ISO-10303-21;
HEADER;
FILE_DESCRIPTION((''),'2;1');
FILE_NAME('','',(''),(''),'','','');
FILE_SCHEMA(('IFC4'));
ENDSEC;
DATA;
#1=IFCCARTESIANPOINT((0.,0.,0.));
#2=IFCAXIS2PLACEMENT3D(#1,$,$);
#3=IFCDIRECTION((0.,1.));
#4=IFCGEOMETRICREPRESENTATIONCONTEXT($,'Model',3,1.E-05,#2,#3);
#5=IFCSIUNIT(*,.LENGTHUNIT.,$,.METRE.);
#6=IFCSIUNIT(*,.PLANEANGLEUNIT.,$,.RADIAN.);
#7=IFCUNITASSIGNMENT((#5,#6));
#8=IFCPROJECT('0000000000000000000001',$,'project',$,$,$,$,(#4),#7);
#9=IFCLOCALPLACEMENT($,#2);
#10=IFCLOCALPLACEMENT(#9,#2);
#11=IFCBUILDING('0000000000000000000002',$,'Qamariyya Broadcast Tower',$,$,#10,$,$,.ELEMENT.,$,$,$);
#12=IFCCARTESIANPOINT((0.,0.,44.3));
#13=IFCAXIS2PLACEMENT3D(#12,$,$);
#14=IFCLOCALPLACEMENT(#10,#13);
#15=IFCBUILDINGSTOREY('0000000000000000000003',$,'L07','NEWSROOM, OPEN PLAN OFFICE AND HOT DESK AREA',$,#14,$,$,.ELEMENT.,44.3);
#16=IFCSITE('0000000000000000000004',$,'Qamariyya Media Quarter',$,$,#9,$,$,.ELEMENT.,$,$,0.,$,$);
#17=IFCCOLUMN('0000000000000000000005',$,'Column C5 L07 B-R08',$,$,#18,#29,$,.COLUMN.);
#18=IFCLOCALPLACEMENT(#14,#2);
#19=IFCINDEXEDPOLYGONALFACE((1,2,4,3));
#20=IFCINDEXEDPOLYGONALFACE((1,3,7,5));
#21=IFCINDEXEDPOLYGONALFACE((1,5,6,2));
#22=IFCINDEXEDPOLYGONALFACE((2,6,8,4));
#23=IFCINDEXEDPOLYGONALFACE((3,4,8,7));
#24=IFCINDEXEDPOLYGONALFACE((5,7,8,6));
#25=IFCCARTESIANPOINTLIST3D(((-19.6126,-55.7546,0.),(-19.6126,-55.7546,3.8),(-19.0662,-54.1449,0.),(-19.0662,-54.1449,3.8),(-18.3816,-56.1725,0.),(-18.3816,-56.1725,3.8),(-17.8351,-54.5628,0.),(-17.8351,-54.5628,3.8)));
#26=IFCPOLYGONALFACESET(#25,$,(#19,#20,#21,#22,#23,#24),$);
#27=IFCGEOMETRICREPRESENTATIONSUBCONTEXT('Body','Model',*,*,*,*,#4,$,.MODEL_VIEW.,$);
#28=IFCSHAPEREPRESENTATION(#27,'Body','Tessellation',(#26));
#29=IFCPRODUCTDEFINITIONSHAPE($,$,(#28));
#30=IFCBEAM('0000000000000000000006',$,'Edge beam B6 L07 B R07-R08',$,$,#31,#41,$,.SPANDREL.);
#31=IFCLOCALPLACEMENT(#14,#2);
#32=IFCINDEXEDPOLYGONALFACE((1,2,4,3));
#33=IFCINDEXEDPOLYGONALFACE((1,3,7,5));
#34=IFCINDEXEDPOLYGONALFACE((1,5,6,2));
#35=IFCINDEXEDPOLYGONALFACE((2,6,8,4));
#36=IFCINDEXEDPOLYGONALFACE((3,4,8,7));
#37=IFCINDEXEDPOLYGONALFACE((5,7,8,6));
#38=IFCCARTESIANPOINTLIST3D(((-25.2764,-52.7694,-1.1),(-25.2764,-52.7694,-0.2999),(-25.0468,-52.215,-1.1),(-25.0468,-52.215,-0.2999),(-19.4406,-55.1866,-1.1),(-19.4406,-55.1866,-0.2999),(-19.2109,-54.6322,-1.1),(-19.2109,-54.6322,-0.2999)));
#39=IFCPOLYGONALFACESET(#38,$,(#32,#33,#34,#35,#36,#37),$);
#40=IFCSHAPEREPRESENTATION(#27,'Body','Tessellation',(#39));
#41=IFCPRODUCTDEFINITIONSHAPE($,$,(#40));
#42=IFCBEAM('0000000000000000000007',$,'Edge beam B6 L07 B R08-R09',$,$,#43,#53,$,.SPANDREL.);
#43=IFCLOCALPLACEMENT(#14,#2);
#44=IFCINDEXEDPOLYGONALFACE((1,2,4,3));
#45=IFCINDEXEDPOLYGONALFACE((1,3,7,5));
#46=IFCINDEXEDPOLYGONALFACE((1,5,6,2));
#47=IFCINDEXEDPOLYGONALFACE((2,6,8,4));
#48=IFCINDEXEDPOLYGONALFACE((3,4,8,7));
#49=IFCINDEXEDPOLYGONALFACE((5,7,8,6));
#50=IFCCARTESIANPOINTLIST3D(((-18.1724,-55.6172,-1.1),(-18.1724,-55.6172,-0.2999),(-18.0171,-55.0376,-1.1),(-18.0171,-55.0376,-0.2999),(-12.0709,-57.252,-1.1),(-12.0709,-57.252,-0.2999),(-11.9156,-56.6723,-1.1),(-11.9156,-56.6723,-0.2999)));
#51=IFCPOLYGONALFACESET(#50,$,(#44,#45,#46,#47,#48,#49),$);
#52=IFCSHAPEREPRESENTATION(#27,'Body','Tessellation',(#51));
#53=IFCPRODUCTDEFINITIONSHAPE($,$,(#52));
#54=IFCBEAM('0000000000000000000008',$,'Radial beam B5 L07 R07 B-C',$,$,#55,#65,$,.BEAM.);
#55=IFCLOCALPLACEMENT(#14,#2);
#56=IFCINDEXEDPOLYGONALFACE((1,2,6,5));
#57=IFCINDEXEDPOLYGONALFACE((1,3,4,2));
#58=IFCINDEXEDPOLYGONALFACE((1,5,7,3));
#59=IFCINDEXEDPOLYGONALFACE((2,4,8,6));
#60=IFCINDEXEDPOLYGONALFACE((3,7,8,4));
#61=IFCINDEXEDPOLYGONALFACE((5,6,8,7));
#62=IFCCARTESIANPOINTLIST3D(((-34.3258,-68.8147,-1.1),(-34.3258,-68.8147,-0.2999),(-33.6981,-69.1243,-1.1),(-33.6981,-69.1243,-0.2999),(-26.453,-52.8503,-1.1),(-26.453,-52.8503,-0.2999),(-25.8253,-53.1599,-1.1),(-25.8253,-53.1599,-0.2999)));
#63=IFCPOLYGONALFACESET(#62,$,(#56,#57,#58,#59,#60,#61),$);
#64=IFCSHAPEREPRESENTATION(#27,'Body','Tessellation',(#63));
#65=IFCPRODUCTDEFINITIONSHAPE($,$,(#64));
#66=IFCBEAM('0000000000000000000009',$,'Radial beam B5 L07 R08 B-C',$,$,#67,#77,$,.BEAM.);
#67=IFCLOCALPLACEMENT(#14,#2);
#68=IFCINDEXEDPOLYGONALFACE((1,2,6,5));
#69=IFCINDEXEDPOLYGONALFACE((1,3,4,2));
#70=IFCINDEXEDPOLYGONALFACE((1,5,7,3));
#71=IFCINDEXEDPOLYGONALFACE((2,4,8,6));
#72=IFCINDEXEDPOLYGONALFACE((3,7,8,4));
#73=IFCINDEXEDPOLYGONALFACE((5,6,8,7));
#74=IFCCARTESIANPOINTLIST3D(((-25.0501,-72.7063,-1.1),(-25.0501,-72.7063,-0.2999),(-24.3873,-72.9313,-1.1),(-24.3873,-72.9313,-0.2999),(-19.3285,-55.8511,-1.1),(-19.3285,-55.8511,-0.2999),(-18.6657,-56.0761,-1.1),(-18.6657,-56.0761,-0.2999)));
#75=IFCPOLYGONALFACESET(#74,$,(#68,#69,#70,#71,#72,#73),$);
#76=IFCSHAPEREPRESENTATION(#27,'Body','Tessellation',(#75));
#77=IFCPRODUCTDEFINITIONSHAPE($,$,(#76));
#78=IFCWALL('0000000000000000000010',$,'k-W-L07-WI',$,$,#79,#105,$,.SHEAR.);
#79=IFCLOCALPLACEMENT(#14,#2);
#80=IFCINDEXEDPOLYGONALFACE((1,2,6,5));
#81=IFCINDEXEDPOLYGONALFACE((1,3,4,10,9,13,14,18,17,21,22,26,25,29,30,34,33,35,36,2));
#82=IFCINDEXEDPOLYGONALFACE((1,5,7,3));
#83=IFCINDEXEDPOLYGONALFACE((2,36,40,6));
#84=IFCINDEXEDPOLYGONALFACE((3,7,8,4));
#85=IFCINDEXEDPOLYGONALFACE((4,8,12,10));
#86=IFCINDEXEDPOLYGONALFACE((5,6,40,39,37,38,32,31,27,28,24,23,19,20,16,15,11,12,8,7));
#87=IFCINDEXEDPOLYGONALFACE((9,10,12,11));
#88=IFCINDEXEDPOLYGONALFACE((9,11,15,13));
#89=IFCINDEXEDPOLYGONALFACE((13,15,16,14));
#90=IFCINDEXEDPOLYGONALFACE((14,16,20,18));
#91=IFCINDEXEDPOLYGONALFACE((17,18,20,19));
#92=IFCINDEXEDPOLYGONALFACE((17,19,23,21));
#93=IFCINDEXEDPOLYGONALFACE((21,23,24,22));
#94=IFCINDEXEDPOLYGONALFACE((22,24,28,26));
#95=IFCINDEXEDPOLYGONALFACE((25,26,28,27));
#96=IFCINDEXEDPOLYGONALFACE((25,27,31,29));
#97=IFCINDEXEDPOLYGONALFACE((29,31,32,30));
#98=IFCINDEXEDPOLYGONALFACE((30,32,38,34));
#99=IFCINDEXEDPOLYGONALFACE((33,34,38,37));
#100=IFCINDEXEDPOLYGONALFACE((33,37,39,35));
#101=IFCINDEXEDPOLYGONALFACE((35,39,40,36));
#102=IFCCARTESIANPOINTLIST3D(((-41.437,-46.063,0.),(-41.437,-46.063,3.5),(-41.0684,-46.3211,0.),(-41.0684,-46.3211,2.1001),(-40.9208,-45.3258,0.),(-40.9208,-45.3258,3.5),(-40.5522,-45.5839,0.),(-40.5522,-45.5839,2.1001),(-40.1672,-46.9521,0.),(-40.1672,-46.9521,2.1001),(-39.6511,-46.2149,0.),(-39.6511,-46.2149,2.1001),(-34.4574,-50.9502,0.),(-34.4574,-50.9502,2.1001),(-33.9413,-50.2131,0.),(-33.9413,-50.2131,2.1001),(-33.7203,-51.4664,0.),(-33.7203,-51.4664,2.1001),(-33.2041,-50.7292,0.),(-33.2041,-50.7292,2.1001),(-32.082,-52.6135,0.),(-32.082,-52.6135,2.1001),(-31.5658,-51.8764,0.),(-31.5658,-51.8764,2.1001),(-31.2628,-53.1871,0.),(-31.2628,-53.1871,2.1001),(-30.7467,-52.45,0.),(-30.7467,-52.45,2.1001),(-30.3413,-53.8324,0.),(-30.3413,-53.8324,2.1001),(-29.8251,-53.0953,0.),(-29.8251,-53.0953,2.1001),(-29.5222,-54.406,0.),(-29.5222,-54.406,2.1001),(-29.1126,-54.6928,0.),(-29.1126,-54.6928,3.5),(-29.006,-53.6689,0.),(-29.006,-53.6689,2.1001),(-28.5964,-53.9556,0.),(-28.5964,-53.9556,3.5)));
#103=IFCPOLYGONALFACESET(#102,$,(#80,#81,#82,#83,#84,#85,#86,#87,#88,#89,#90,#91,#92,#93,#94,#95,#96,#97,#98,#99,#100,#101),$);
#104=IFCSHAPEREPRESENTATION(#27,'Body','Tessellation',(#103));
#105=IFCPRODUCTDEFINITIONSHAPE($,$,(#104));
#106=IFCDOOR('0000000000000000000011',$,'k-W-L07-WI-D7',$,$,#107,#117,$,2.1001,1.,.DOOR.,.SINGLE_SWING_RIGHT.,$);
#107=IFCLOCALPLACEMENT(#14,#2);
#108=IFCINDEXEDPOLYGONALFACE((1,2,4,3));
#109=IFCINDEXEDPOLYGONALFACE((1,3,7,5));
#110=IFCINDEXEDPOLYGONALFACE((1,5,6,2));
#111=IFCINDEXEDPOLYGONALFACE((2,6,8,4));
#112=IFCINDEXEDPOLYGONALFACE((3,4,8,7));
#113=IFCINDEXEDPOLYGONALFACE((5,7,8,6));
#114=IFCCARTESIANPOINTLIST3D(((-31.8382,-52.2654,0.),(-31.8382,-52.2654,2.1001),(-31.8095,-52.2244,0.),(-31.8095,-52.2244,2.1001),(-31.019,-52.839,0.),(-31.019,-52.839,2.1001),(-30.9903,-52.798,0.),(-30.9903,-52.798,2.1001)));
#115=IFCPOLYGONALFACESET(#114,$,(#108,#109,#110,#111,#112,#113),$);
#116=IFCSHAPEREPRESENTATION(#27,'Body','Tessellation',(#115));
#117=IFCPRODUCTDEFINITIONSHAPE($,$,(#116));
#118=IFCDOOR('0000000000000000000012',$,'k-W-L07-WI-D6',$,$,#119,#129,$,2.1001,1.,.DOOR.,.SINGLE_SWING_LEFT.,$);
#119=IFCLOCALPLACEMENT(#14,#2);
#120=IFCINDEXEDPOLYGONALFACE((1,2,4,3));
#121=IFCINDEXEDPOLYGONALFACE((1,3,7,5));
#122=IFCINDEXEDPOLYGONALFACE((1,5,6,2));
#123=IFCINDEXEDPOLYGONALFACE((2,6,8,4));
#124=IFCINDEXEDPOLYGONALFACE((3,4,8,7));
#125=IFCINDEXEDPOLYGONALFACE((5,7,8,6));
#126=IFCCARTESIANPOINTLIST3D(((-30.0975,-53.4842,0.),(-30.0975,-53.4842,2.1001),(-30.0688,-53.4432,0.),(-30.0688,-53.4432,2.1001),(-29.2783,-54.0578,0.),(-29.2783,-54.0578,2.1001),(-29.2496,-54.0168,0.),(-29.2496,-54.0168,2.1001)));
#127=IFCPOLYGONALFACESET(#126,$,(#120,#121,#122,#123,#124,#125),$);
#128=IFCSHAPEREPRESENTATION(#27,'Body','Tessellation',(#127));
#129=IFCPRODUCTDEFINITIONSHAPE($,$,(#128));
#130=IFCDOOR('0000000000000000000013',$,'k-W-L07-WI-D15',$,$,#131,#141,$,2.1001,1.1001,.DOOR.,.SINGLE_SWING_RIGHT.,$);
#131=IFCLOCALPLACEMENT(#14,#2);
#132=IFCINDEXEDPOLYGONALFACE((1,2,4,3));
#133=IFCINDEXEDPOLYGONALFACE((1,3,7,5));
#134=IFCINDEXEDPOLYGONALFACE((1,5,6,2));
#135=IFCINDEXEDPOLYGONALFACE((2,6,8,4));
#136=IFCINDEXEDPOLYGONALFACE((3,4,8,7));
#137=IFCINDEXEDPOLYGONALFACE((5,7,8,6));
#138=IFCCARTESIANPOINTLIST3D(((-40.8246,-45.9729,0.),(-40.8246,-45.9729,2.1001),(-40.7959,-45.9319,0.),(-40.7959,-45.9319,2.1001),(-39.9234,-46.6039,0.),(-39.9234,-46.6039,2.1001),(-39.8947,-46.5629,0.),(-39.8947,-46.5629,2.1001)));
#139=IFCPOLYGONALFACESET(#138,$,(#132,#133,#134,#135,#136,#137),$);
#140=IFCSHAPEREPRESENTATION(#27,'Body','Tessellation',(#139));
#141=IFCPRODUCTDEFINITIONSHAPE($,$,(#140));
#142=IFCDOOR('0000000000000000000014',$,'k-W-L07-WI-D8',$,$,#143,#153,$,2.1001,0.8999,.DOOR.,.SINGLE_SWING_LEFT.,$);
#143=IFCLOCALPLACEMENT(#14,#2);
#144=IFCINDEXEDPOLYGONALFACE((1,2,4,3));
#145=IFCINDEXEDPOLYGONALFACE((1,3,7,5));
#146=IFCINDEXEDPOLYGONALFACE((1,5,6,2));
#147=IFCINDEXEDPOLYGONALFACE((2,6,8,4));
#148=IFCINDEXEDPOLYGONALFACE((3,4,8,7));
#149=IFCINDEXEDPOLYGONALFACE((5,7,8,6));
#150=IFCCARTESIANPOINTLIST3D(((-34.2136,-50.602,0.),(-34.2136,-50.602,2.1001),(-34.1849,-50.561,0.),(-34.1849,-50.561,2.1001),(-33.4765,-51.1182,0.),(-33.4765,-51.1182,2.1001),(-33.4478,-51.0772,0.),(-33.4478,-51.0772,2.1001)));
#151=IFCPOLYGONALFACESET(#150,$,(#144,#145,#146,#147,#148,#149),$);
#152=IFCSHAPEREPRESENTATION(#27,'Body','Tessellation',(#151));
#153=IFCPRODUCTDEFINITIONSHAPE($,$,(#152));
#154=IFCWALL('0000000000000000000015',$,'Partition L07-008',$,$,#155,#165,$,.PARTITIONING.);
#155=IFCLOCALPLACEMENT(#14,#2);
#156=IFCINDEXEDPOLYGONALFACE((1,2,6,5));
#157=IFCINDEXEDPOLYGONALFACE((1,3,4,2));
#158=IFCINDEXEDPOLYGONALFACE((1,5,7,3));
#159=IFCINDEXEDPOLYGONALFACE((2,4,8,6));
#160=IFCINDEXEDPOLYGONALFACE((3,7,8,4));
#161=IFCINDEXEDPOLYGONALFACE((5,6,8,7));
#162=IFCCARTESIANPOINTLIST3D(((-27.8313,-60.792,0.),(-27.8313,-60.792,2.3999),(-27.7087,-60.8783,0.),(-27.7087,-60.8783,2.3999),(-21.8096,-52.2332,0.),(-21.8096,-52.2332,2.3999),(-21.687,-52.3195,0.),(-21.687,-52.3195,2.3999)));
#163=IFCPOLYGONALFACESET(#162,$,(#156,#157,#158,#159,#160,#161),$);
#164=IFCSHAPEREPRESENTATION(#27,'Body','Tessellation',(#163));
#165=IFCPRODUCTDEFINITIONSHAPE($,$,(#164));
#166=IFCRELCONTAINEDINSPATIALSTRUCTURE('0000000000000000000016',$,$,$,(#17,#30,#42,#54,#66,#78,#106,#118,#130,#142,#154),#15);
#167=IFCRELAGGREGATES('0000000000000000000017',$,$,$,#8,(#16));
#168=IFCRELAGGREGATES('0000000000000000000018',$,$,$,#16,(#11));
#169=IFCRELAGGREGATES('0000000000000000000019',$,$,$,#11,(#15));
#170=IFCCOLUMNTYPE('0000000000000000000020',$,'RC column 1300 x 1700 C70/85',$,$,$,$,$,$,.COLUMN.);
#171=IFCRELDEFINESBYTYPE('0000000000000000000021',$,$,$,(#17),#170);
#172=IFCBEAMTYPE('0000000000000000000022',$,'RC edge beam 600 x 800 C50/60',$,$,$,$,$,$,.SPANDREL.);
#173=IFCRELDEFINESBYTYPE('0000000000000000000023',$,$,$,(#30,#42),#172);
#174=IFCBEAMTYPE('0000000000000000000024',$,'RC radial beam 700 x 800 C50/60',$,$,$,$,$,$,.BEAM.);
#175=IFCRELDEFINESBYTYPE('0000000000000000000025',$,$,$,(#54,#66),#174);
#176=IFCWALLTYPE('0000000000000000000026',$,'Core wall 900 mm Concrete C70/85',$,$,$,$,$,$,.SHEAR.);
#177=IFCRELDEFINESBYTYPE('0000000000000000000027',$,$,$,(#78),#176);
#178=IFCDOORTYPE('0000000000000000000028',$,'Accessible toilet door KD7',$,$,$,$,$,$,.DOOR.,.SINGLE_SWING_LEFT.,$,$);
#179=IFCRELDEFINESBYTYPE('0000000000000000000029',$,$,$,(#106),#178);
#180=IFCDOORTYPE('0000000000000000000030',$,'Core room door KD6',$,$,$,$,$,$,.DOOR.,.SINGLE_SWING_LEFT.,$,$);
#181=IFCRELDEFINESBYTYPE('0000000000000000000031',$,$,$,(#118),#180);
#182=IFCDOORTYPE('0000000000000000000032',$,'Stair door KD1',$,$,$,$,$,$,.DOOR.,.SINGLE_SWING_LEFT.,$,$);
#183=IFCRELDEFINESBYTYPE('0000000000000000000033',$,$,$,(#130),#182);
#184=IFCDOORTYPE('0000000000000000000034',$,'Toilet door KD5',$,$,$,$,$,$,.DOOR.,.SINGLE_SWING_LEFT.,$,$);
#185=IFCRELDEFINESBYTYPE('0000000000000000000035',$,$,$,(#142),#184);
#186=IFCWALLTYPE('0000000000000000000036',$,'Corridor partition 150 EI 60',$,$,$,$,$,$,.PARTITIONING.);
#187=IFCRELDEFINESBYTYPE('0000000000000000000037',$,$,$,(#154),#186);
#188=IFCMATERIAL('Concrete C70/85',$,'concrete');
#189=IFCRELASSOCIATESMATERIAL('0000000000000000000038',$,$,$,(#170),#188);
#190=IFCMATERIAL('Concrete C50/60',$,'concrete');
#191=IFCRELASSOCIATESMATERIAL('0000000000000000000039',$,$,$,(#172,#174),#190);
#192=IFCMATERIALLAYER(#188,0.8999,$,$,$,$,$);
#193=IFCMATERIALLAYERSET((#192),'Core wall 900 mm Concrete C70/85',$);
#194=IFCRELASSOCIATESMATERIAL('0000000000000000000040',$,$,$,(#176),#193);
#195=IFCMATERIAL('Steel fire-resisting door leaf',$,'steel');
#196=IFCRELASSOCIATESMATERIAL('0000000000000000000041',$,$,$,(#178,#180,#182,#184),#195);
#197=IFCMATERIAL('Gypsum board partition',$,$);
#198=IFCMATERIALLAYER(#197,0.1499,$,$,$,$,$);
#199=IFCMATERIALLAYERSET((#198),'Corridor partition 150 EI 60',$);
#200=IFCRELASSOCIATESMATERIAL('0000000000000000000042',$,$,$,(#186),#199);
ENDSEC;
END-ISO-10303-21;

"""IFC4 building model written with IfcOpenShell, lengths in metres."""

from ifc_helpers import new_model, si_unit, direction, frame, frame_2d, origin, origin_2d, place, context, subcontext, project, spatial, rectangle, extrude, material, layer, layer_set, material_profile, profile_set, type_object, element, fill, save


model = new_model("IFC4")

# Units and contexts
model_context = context("Model", 3, precision=1e-05, world=origin(), true_north=direction((0.0, 1.0)))
body_context = subcontext(model_context, "Body", "Model", "MODEL_VIEW")
ifc_project = project(units=[si_unit("LENGTHUNIT", "METRE"), si_unit("PLANEANGLEUNIT", "RADIAN")], contexts=[model_context])

# Site, building, storey
site_placement = place(None, origin())
site = spatial("IfcSite", under=ifc_project, at=site_placement, Name="Qamariyya Media Quarter", CompositionType="ELEMENT", RefElevation=0.0)
building_placement = place(site_placement, origin())
building = spatial("IfcBuilding", under=site, at=building_placement, Name="Qamariyya Broadcast Tower", CompositionType="ELEMENT")
storey_placement = place(building_placement, frame((0.0, 0.0, 44.3)))
storey = spatial("IfcBuildingStorey", under=building, at=storey_placement, Name="L07", Description="NEWSROOM, OPEN PLAN OFFICE AND HOT DESK AREA", CompositionType="ELEMENT", Elevation=44.3)

# Column
ifc_material_1 = material(Name="Concrete C70/85", Category="concrete")
ifc_material_profile_1 = material_profile(ifc_material_1, rectangle(XDim=1.3, YDim=1.7, at=origin_2d()))
ifc_profile_set_1 = profile_set([ifc_material_profile_1], Name="Concrete C70/85")
column_type = type_object("IfcColumnType", Name="RC column 1300 x 1700 C70/85", PredefinedType="COLUMN", material=ifc_profile_set_1)
column_placement = place(storey_placement, frame((-18.7239, -55.1587, 0.0), z_axis=(0.0, 0.0, 1.0), x_axis=(0.94693, -0.321439, 0.0)))
element("IfcColumn", 1, at=column_placement, inside=storey, type_object=column_type, Name="Column C5 L07 B-R08", PredefinedType="COLUMN", context=body_context, shape_type="SweptSolid", body=[
    extrude(rectangle(XDim=1.3, YDim=1.7, at=origin_2d()), origin(), (0.0, 0.0, 1.0), 3.8),
])

# Beams
ifc_material_2 = material(Name="Concrete C50/60", Category="concrete")
ifc_material_profile_2 = material_profile(ifc_material_2, rectangle(XDim=0.6001, YDim=0.8, at=origin_2d()))
ifc_profile_set_2 = profile_set([ifc_material_profile_2], Name="Concrete C50/60")
beam_type_1 = type_object("IfcBeamType", Name="RC edge beam 600 x 800 C50/60", PredefinedType="SPANDREL", material=ifc_profile_set_2)
for number, where, z_axis, x_axis, name in (
    (2, (-25.1616, -52.4922, -0.7), (0.923884, -0.382672, 0.0), (0.382672, 0.923884, 0.0), "Edge beam B6 L07 B R07-R08"),
    (3, (-18.0947, -55.3274, -0.7), (0.965931, -0.258798, 0.0), (0.258798, 0.965931, 0.0), "Edge beam B6 L07 B R08-R09"),
):
    element("IfcBeam", number, at=place(storey_placement, frame(where, z_axis=z_axis, x_axis=x_axis)), inside=storey, type_object=beam_type_1, Name=name, PredefinedType="SPANDREL", context=body_context, shape_type="SweptSolid", body=[
        extrude(rectangle(XDim=0.6001, YDim=0.8, at=origin_2d()), origin(), (0.0, 0.0, 1.0), 6.3167),
    ])
ifc_material_profile_3 = material_profile(ifc_material_2, rectangle(XDim=0.7, YDim=0.8, at=origin_2d()))
ifc_profile_set_3 = profile_set([ifc_material_profile_3], Name="Concrete C50/60")
beam_type_2 = type_object("IfcBeamType", Name="RC radial beam 700 x 800 C50/60", PredefinedType="BEAM", material=ifc_profile_set_3)
beam_1_placement = place(storey_placement, frame((-26.1392, -53.0051, -0.7), z_axis=(-0.442291, -0.896872, 0.0), x_axis=(0.896872, -0.442291, 0.0)))
element("IfcBeam", 4, at=beam_1_placement, inside=storey, type_object=beam_type_2, Name="Radial beam B5 L07 R07 B-C", PredefinedType="BEAM", context=body_context, shape_type="SweptSolid", body=[
    extrude(rectangle(XDim=0.7, YDim=0.8, at=origin_2d()), origin(), (0.0, 0.0, 1.0), 17.8),
])
beam_2_placement = place(storey_placement, frame((-18.9971, -55.9636, -0.7), z_axis=(-0.321445, -0.946928, 0.0), x_axis=(0.946928, -0.321445, 0.0)))
element("IfcBeam", 5, at=beam_2_placement, inside=storey, type_object=beam_type_2, Name="Radial beam B5 L07 R08 B-C", PredefinedType="BEAM", context=body_context, shape_type="SweptSolid", body=[
    extrude(rectangle(XDim=0.7, YDim=0.8, at=origin_2d()), origin(), (0.0, 0.0, 1.0), 17.7998),
])

# Wall, openings, doors
ifc_layer_1 = layer(ifc_material_1, 0.8999)
ifc_layer_set_1 = layer_set([ifc_layer_1], Name="Core wall 900 mm Concrete C70/85")
wall_type_1 = type_object("IfcWallType", Name="Core wall 900 mm Concrete C70/85", PredefinedType="SHEAR", material=ifc_layer_set_1)
wall_1_placement = place(storey_placement, frame((-28.8545, -54.3242, 0.0), z_axis=(0.0, 0.0, 1.0), x_axis=(-0.819146, 0.573585, 0.0)))
wall_1 = element("IfcWall", 6, at=wall_1_placement, inside=storey, type_object=wall_type_1, Name="k-W-L07-WI", PredefinedType="SHEAR", context=body_context, shape_type="SweptSolid", body=[
    extrude(rectangle(XDim=15.0454, YDim=0.8999, at=frame_2d((7.5227, 0.0))), origin(), (0.0, 0.0, 1.0), 3.5),
])
opening_1_placement = place(wall_1_placement, frame((0.5, 0.0, 0.0)))
opening_1 = element("IfcOpeningElement", 7, at=opening_1_placement, cuts=wall_1, PredefinedType="OPENING", context=body_context, shape_type="SweptSolid", body=[
    extrude(rectangle(XDim=1.0, YDim=2.1001, at=frame_2d((0.5, 1.05))), frame((0.0, 0.46, 0.0), z_axis=(0.0, -1.0, 0.0), x_axis=(1.0, 0.0, 0.0)), (0.0, 0.0, 1.0), 0.9199),
])
opening_2_placement = place(wall_1_placement, frame((2.625, 0.0, 0.0)))
opening_2 = element("IfcOpeningElement", 8, at=opening_2_placement, cuts=wall_1, PredefinedType="OPENING", context=body_context, shape_type="SweptSolid", body=[
    extrude(rectangle(XDim=1.0, YDim=2.1001, at=frame_2d((0.5, 1.05))), frame((0.0, 0.46, 0.0), z_axis=(0.0, -1.0, 0.0), x_axis=(1.0, 0.0, 0.0)), (0.0, 0.0, 1.0), 0.9199),
])
opening_3_placement = place(wall_1_placement, frame((5.625, 0.0, 0.0)))
opening_3 = element("IfcOpeningElement", 9, at=opening_3_placement, cuts=wall_1, PredefinedType="OPENING", context=body_context, shape_type="SweptSolid", body=[
    extrude(rectangle(XDim=0.8999, YDim=2.1001, at=frame_2d((0.45, 1.05))), frame((0.0, 0.46, 0.0), z_axis=(0.0, -1.0, 0.0), x_axis=(1.0, 0.0, 0.0)), (0.0, 0.0, 1.0), 0.9199),
])
opening_4_placement = place(wall_1_placement, frame((13.4954, 0.0, 0.0)))
opening_4 = element("IfcOpeningElement", 10, at=opening_4_placement, cuts=wall_1, PredefinedType="OPENING", context=body_context, shape_type="SweptSolid", body=[
    extrude(rectangle(XDim=1.1001, YDim=2.1001, at=frame_2d((0.55, 1.05))), frame((0.0, 0.46, 0.0), z_axis=(0.0, -1.0, 0.0), x_axis=(1.0, 0.0, 0.0)), (0.0, 0.0, 1.0), 0.9199),
])
ifc_material_3 = material(Name="Steel fire-resisting door leaf", Category="steel")
door_type_1 = type_object("IfcDoorType", Name="Accessible toilet door KD7", OperationType="SINGLE_SWING_LEFT", PredefinedType="DOOR", material=ifc_material_3)
door_1_placement = place(opening_2_placement, origin())
door_1 = element("IfcDoor", 11, at=door_1_placement, inside=storey, type_object=door_type_1, Name="k-W-L07-WI-D7", OperationType="SINGLE_SWING_RIGHT", OverallHeight=2.1001, OverallWidth=1.0, PredefinedType="DOOR", context=body_context, shape_type="SweptSolid", body=[
    extrude(rectangle(XDim=1.0, YDim=2.1001, at=frame_2d((0.5, 1.05))), frame((0.0, 0.0249, 0.0), z_axis=(0.0, -1.0, 0.0), x_axis=(1.0, 0.0, 0.0)), (0.0, 0.0, 1.0), 0.05),
])
fill(opening_2, door_1)
door_type_2 = type_object("IfcDoorType", Name="Core room door KD6", OperationType="SINGLE_SWING_LEFT", PredefinedType="DOOR", material=ifc_material_3)
door_2_placement = place(opening_1_placement, origin())
door_2 = element("IfcDoor", 12, at=door_2_placement, inside=storey, type_object=door_type_2, Name="k-W-L07-WI-D6", OperationType="SINGLE_SWING_LEFT", OverallHeight=2.1001, OverallWidth=1.0, PredefinedType="DOOR", context=body_context, shape_type="SweptSolid", body=[
    extrude(rectangle(XDim=1.0, YDim=2.1001, at=frame_2d((0.5, 1.05))), frame((0.0, 0.0249, 0.0), z_axis=(0.0, -1.0, 0.0), x_axis=(1.0, 0.0, 0.0)), (0.0, 0.0, 1.0), 0.05),
])
fill(opening_1, door_2)
door_type_3 = type_object("IfcDoorType", Name="Stair door KD1", OperationType="SINGLE_SWING_LEFT", PredefinedType="DOOR", material=ifc_material_3)
door_3_placement = place(opening_4_placement, origin())
door_3 = element("IfcDoor", 13, at=door_3_placement, inside=storey, type_object=door_type_3, Name="k-W-L07-WI-D15", OperationType="SINGLE_SWING_RIGHT", OverallHeight=2.1001, OverallWidth=1.1001, PredefinedType="DOOR", context=body_context, shape_type="SweptSolid", body=[
    extrude(rectangle(XDim=1.1001, YDim=2.1001, at=frame_2d((0.55, 1.05))), frame((0.0, 0.0249, 0.0), z_axis=(0.0, -1.0, 0.0), x_axis=(1.0, 0.0, 0.0)), (0.0, 0.0, 1.0), 0.05),
])
fill(opening_4, door_3)
door_type_4 = type_object("IfcDoorType", Name="Toilet door KD5", OperationType="SINGLE_SWING_LEFT", PredefinedType="DOOR", material=ifc_material_3)
door_4_placement = place(opening_3_placement, origin())
door_4 = element("IfcDoor", 14, at=door_4_placement, inside=storey, type_object=door_type_4, Name="k-W-L07-WI-D8", OperationType="SINGLE_SWING_LEFT", OverallHeight=2.1001, OverallWidth=0.8999, PredefinedType="DOOR", context=body_context, shape_type="SweptSolid", body=[
    extrude(rectangle(XDim=0.8999, YDim=2.1001, at=frame_2d((0.45, 1.05))), frame((0.0, 0.0249, 0.0), z_axis=(0.0, -1.0, 0.0), x_axis=(1.0, 0.0, 0.0)), (0.0, 0.0, 1.0), 0.05),
])
fill(opening_3, door_4)

# Wall
ifc_material_4 = material(Name="Gypsum board partition")
ifc_layer_2 = layer(ifc_material_4, 0.1499)
ifc_layer_set_2 = layer_set([ifc_layer_2], Name="Corridor partition 150 EI 60")
wall_type_2 = type_object("IfcWallType", Name="Corridor partition 150 EI 60", PredefinedType="PARTITIONING", material=ifc_layer_set_2)
wall_2_placement = place(storey_placement, frame((-21.7483, -52.2764, 0.0), z_axis=(0.0, 0.0, 1.0), x_axis=(-0.575419, -0.817858, 0.0)))
element("IfcWall", 15, at=wall_2_placement, inside=storey, type_object=wall_type_2, Name="Partition L07-008", PredefinedType="PARTITIONING", context=body_context, shape_type="SweptSolid", body=[
    extrude(rectangle(XDim=10.4648, YDim=0.1499, at=frame_2d((5.2324, 0.0))), origin(), (0.0, 0.0, 1.0), 2.3999),
])

save(model, "model.ifc")
